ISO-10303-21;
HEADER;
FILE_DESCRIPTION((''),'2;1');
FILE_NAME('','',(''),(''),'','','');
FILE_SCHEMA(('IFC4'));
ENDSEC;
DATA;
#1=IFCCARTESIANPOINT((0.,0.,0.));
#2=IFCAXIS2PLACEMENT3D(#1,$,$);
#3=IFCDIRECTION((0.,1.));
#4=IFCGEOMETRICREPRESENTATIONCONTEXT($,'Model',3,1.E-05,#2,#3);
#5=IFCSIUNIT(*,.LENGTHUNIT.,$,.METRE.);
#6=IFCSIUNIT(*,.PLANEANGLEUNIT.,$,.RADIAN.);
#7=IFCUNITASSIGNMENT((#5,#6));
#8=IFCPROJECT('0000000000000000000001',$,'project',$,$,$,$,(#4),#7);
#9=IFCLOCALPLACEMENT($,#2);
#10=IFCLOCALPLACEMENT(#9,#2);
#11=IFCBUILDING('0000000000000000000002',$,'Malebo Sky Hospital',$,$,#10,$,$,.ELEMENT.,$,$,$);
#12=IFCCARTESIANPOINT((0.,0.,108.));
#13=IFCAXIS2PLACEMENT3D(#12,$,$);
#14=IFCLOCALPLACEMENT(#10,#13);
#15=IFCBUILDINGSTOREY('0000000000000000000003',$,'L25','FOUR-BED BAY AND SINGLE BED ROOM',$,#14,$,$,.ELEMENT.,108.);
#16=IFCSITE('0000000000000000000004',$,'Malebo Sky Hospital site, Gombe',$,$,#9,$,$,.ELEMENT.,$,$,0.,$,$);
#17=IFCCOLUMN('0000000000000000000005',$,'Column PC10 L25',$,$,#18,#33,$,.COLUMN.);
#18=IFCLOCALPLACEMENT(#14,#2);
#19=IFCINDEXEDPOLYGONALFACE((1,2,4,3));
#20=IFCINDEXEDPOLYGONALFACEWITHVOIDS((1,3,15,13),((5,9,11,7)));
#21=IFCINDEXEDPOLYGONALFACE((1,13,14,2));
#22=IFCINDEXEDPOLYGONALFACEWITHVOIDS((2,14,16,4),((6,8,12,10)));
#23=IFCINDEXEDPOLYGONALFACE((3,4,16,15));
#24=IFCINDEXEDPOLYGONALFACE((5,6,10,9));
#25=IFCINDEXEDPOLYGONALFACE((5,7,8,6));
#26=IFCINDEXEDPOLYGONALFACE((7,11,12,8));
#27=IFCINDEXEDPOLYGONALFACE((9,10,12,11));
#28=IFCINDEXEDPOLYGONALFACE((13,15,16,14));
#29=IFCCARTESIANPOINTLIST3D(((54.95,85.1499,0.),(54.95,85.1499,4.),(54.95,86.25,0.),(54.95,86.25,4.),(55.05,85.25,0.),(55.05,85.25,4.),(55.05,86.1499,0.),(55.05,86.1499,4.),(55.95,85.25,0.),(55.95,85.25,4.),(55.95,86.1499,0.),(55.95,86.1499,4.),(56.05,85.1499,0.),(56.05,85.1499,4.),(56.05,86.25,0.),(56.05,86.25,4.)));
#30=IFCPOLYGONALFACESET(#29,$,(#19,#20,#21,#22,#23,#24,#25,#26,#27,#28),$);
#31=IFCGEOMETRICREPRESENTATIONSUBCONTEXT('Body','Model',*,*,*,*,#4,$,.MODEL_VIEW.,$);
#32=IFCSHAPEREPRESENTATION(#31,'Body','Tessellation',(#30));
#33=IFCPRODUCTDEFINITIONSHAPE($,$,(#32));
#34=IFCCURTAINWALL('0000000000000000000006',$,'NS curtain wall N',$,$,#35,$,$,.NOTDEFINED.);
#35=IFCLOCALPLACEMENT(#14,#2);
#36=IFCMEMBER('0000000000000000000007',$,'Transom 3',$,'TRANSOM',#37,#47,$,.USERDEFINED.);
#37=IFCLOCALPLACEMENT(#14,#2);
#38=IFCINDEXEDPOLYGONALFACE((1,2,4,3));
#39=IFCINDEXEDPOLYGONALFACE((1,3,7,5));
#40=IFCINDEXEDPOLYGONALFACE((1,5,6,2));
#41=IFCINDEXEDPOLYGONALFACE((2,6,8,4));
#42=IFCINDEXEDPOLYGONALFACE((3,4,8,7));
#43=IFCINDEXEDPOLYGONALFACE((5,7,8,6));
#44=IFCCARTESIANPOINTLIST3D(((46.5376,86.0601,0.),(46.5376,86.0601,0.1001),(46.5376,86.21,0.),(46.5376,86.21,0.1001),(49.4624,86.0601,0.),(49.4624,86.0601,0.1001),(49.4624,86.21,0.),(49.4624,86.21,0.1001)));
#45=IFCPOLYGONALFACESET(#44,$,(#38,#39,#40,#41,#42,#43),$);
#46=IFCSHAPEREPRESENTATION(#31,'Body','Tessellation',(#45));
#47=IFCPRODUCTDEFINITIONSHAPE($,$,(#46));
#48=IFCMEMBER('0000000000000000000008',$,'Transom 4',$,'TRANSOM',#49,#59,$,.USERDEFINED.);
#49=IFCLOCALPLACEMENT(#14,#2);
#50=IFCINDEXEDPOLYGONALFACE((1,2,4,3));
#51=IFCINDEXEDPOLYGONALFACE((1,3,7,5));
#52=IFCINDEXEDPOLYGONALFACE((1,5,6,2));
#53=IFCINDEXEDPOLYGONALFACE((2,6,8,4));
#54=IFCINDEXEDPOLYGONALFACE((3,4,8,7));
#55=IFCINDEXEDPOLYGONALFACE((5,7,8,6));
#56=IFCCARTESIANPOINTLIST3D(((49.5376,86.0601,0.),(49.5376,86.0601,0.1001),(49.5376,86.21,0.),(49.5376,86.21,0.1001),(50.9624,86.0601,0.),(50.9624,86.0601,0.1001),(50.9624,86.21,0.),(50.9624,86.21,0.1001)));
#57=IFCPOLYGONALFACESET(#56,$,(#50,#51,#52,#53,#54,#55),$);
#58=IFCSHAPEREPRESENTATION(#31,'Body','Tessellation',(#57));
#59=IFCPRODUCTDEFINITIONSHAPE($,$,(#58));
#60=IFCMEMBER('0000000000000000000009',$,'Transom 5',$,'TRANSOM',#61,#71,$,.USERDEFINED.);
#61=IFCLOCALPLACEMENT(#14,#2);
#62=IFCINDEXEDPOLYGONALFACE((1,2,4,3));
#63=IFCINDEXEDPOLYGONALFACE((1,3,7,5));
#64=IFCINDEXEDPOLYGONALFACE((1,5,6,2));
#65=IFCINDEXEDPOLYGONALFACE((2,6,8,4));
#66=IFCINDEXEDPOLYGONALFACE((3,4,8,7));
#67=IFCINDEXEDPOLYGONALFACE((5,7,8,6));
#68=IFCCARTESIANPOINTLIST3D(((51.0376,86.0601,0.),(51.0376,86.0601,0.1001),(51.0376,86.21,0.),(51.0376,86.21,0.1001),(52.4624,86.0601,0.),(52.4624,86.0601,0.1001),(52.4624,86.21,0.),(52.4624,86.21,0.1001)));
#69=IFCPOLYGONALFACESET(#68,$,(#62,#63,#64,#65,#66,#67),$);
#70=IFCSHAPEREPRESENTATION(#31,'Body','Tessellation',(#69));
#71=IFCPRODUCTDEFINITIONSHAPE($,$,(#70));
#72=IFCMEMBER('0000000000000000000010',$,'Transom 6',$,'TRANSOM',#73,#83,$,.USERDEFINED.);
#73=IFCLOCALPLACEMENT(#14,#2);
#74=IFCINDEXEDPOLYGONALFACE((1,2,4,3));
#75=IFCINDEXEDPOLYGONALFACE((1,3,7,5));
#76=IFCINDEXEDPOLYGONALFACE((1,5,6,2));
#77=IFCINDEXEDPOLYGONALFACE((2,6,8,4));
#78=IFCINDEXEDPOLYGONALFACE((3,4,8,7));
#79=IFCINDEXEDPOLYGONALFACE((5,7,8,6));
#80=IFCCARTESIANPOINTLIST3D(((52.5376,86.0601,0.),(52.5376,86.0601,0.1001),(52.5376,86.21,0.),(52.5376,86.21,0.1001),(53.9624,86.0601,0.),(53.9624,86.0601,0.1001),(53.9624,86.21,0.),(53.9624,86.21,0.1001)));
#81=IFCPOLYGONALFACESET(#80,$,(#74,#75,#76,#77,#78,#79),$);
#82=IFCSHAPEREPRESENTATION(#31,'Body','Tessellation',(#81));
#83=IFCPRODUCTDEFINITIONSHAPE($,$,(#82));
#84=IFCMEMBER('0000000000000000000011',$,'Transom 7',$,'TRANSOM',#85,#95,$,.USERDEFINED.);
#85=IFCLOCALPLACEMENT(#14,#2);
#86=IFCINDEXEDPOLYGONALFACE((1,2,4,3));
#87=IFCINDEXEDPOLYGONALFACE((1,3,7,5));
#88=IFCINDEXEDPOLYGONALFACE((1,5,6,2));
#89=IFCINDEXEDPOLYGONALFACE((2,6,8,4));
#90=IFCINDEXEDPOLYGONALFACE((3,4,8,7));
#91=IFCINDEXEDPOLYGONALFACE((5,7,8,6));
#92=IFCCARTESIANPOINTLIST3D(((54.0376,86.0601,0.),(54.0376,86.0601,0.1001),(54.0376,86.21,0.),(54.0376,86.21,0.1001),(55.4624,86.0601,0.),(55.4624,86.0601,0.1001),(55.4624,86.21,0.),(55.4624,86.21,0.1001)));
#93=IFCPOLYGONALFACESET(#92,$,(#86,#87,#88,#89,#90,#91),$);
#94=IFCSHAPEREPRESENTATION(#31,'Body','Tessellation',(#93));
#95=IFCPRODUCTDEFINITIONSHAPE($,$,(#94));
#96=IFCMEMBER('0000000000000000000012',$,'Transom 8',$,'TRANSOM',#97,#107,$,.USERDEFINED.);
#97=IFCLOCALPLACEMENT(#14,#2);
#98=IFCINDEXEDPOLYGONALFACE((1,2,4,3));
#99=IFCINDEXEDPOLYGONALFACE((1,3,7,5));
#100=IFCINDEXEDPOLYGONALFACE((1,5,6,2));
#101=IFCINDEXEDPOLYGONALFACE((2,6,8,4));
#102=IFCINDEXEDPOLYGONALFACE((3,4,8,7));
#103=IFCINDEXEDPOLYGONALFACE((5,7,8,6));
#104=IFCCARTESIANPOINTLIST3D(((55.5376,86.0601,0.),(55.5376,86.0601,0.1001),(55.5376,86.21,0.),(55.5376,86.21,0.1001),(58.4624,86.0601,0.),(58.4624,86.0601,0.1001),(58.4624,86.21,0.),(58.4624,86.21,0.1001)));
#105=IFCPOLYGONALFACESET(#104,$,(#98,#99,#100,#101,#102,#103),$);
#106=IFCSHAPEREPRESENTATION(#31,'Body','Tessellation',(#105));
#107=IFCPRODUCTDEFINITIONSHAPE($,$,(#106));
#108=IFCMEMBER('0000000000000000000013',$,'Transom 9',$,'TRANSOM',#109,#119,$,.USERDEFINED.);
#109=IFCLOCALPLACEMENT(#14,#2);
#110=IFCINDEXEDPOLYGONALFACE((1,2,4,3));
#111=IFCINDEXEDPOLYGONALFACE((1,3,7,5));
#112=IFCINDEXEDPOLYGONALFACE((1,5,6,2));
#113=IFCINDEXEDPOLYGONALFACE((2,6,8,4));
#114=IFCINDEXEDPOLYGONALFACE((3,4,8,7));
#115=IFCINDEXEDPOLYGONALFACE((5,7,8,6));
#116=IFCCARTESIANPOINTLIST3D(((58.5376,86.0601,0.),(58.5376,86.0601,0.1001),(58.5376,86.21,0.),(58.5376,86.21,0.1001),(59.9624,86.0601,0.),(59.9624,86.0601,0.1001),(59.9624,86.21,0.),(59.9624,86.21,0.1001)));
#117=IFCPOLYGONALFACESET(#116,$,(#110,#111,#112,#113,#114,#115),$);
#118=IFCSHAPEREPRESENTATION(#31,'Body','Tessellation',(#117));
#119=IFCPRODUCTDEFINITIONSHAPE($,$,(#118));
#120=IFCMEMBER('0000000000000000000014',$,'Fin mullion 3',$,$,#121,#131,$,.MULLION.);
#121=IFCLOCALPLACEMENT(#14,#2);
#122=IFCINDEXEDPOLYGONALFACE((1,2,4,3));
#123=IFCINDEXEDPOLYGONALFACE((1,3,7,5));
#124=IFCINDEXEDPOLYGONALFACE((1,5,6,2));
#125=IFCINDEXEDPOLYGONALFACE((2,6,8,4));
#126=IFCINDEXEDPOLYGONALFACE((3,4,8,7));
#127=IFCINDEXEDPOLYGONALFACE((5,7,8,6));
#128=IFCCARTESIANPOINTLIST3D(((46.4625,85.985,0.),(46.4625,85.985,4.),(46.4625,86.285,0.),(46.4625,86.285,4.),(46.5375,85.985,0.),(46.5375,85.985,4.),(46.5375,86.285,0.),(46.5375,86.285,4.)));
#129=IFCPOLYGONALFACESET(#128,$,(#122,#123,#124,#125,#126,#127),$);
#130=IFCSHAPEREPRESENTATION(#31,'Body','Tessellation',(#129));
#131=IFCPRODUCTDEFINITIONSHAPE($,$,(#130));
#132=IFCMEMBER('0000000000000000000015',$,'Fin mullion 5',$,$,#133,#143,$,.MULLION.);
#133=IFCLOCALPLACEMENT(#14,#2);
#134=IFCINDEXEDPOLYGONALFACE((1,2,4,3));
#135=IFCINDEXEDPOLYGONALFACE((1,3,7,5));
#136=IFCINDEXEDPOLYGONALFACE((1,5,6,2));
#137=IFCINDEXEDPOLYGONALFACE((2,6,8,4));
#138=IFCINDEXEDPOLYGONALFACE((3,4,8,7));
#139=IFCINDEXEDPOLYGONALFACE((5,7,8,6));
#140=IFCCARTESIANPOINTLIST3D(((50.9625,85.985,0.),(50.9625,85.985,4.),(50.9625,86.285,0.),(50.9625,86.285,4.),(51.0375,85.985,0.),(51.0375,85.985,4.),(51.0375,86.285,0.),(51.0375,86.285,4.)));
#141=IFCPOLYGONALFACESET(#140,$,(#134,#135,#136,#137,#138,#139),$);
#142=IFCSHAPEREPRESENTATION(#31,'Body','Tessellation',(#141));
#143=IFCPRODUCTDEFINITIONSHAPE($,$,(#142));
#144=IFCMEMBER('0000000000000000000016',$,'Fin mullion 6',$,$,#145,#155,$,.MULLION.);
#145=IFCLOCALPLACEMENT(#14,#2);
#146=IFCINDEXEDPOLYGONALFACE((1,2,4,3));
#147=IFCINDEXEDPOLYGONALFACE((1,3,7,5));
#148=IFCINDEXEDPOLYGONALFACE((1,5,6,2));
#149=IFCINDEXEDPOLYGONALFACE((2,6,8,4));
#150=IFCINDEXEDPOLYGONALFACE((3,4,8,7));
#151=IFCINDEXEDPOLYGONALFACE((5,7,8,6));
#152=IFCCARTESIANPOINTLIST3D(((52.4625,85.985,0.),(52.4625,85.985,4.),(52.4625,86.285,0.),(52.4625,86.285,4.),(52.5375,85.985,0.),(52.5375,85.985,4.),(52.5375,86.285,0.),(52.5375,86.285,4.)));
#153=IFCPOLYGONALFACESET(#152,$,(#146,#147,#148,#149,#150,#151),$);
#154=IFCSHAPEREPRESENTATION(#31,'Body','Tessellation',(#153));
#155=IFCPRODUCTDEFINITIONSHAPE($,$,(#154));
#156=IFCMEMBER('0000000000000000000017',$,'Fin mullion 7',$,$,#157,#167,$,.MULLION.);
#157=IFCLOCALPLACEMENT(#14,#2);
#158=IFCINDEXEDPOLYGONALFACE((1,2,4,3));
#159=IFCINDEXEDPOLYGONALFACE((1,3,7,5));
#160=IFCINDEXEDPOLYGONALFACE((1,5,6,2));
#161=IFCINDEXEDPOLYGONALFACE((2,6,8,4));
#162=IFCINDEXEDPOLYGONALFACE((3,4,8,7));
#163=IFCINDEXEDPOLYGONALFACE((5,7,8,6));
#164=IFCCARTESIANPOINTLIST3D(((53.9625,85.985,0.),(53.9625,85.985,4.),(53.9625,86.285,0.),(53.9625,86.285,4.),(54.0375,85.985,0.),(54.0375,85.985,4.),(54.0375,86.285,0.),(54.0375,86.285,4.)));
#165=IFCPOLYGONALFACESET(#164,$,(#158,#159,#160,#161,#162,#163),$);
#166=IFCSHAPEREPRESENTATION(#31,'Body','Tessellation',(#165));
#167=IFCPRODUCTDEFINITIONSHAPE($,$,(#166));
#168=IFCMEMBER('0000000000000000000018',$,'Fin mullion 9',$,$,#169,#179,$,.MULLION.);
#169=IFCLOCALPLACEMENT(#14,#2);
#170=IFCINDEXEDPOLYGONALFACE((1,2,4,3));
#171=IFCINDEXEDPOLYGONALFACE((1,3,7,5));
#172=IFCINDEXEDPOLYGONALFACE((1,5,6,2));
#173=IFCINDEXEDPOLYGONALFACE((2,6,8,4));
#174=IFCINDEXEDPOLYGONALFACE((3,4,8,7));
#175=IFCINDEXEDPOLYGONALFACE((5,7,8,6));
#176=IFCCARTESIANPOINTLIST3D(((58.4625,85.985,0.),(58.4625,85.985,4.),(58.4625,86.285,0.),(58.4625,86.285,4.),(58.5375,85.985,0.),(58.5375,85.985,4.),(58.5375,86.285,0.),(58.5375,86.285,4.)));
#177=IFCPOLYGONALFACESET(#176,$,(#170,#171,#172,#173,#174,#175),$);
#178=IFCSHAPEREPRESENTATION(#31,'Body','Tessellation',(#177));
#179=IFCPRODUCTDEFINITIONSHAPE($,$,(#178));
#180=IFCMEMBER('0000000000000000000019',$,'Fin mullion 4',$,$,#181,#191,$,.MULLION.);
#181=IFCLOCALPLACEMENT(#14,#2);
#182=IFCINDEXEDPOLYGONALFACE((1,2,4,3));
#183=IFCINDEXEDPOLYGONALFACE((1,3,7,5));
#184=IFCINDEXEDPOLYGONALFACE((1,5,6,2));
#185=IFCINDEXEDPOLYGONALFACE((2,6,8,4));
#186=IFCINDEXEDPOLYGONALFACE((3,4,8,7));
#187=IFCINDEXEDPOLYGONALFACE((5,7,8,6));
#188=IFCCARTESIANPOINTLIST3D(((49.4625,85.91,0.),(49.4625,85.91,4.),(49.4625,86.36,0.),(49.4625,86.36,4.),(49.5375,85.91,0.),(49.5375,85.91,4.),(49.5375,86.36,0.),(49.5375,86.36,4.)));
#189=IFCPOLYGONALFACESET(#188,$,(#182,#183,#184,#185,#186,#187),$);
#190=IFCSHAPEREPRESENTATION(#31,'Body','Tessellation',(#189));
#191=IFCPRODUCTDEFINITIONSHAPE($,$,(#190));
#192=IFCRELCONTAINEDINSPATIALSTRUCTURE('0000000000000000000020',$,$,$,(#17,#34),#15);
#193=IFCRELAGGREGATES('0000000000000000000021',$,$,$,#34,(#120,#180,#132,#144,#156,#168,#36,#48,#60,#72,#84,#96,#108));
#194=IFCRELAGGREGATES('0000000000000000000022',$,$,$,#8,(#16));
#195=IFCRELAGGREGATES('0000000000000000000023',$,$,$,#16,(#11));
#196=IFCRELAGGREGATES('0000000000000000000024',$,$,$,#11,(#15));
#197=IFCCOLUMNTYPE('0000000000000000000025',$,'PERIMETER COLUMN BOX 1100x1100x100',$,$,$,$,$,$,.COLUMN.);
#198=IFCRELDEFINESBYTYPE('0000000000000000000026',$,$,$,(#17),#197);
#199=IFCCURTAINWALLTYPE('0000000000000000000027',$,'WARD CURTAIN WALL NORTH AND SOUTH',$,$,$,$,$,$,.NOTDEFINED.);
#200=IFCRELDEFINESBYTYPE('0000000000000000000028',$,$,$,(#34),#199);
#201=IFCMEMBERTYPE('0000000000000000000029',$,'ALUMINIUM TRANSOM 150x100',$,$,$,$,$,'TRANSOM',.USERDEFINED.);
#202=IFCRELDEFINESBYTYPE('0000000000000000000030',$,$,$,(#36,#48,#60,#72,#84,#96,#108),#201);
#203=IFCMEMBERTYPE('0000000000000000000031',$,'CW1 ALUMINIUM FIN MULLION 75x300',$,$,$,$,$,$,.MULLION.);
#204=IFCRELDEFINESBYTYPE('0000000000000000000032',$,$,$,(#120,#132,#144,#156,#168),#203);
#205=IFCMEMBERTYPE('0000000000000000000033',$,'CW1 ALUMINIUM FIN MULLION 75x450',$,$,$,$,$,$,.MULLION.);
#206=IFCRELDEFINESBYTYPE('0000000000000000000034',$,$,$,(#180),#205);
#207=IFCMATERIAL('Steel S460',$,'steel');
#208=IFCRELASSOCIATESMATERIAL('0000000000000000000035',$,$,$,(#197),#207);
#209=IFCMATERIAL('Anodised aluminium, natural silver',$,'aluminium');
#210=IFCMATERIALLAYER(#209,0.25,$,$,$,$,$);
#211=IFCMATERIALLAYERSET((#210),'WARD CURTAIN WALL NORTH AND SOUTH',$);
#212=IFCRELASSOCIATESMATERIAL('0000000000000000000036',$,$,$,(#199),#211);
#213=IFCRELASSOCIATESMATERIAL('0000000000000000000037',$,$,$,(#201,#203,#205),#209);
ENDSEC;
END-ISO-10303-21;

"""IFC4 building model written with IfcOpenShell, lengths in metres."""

from ifc_helpers import new_model, si_unit, direction, frame, origin, origin_2d, place, context, subcontext, project, spatial, rectangle, hollow_rectangle, extrude, material, layer, layer_set, material_profile, profile_set, type_object, element, aggregate, save


model = new_model("IFC4")

# Units and contexts
model_context = context("Model", 3, precision=1e-05, world=origin(), true_north=direction((0.0, 1.0)))
body_context = subcontext(model_context, "Body", "Model", "MODEL_VIEW")
ifc_project = project(units=[si_unit("LENGTHUNIT", "METRE"), si_unit("PLANEANGLEUNIT", "RADIAN")], contexts=[model_context])

# Site, building, storey
site_placement = place(None, origin())
site = spatial("IfcSite", under=ifc_project, at=site_placement, Name="Malebo Sky Hospital site, Gombe", CompositionType="ELEMENT", RefElevation=0.0)
building_placement = place(site_placement, origin())
building = spatial("IfcBuilding", under=site, at=building_placement, Name="Malebo Sky Hospital", CompositionType="ELEMENT")
storey_placement = place(building_placement, frame((0.0, 0.0, 108.0)))
storey = spatial("IfcBuildingStorey", under=building, at=storey_placement, Name="L25", Description="FOUR-BED BAY AND SINGLE BED ROOM", CompositionType="ELEMENT", Elevation=108.0)

# Column
ifc_material_1 = material(Name="Steel S460", Category="steel")
ifc_material_profile_1 = material_profile(ifc_material_1, hollow_rectangle(XDim=1.1001, YDim=1.1001, WallThickness=0.1001, at=origin_2d()), Name="BOX 1100x1100x100")
ifc_profile_set_1 = profile_set([ifc_material_profile_1], Name="Steel S460")
column_type = type_object("IfcColumnType", Name="PERIMETER COLUMN BOX 1100x1100x100", PredefinedType="COLUMN", material=ifc_profile_set_1)
column_placement = place(storey_placement, frame((55.5, 85.7, 0.0), z_axis=(0.0, 0.0, 1.0), x_axis=(1.0, 0.0, 0.0)))
element("IfcColumn", 1, at=column_placement, inside=storey, type_object=column_type, Name="Column PC10 L25", PredefinedType="COLUMN", context=body_context, shape_type="SweptSolid", body=[
    extrude(hollow_rectangle(XDim=1.1001, YDim=1.1001, WallThickness=0.1001, at=origin_2d()), origin(), (0.0, 0.0, 1.0), 4.0),
])

# Curtain wall, members
ifc_material_2 = material(Name="Anodised aluminium, natural silver", Category="aluminium")
ifc_layer_1 = layer(ifc_material_2, 0.25)
ifc_layer_set_1 = layer_set([ifc_layer_1], Name="WARD CURTAIN WALL NORTH AND SOUTH")
curtain_wall_type = type_object("IfcCurtainWallType", Name="WARD CURTAIN WALL NORTH AND SOUTH", PredefinedType="NOTDEFINED", material=ifc_layer_set_1)
curtain_wall_placement = place(storey_placement, origin())
curtain_wall = element("IfcCurtainWall", 2, at=curtain_wall_placement, inside=storey, type_object=curtain_wall_type, Name="NS curtain wall N", PredefinedType="NOTDEFINED")
ifc_material_profile_2 = material_profile(ifc_material_2, rectangle(XDim=0.1499, YDim=0.1001, at=origin_2d()), Name="ALUMINIUM TRANSOM 150x100")
ifc_profile_set_2 = profile_set([ifc_material_profile_2], Name="Anodised aluminium, natural silver")
member_type_1 = type_object("IfcMemberType", Name="ALUMINIUM TRANSOM 150x100", ElementType="TRANSOM", PredefinedType="USERDEFINED", material=ifc_profile_set_2)
member_1_placement = place(storey_placement, frame((46.5376, 86.135, 0.05), z_axis=(1.0, 0.0, 0.0), x_axis=(0.0, 1.0, 0.0)))
member_1 = element("IfcMember", 3, at=member_1_placement, type_object=member_type_1, Name="Transom 3", ObjectType="TRANSOM", PredefinedType="USERDEFINED", context=body_context, shape_type="SweptSolid", body=[
    extrude(rectangle(XDim=0.1499, YDim=0.1001, at=origin_2d()), origin(), (0.0, 0.0, 1.0), 2.9248),
])
member_2_placement = place(storey_placement, frame((49.5376, 86.135, 0.05), z_axis=(1.0, 0.0, 0.0), x_axis=(0.0, 1.0, 0.0)))
member_2 = element("IfcMember", 4, at=member_2_placement, type_object=member_type_1, Name="Transom 4", ObjectType="TRANSOM", PredefinedType="USERDEFINED", context=body_context, shape_type="SweptSolid", body=[
    extrude(rectangle(XDim=0.1499, YDim=0.1001, at=origin_2d()), origin(), (0.0, 0.0, 1.0), 1.4248),
])
member_3_placement = place(storey_placement, frame((51.0376, 86.135, 0.05), z_axis=(1.0, 0.0, 0.0), x_axis=(0.0, 1.0, 0.0)))
member_3 = element("IfcMember", 5, at=member_3_placement, type_object=member_type_1, Name="Transom 5", ObjectType="TRANSOM", PredefinedType="USERDEFINED", context=body_context, shape_type="SweptSolid", body=[
    extrude(rectangle(XDim=0.1499, YDim=0.1001, at=origin_2d()), origin(), (0.0, 0.0, 1.0), 1.4248),
])
member_4_placement = place(storey_placement, frame((52.5376, 86.135, 0.05), z_axis=(1.0, 0.0, 0.0), x_axis=(0.0, 1.0, 0.0)))
member_4 = element("IfcMember", 6, at=member_4_placement, type_object=member_type_1, Name="Transom 6", ObjectType="TRANSOM", PredefinedType="USERDEFINED", context=body_context, shape_type="SweptSolid", body=[
    extrude(rectangle(XDim=0.1499, YDim=0.1001, at=origin_2d()), origin(), (0.0, 0.0, 1.0), 1.4248),
])
member_5_placement = place(storey_placement, frame((54.0376, 86.135, 0.05), z_axis=(1.0, 0.0, 0.0), x_axis=(0.0, 1.0, 0.0)))
member_5 = element("IfcMember", 7, at=member_5_placement, type_object=member_type_1, Name="Transom 7", ObjectType="TRANSOM", PredefinedType="USERDEFINED", context=body_context, shape_type="SweptSolid", body=[
    extrude(rectangle(XDim=0.1499, YDim=0.1001, at=origin_2d()), origin(), (0.0, 0.0, 1.0), 1.4248),
])
member_6_placement = place(storey_placement, frame((55.5376, 86.135, 0.05), z_axis=(1.0, 0.0, 0.0), x_axis=(0.0, 1.0, 0.0)))
member_6 = element("IfcMember", 8, at=member_6_placement, type_object=member_type_1, Name="Transom 8", ObjectType="TRANSOM", PredefinedType="USERDEFINED", context=body_context, shape_type="SweptSolid", body=[
    extrude(rectangle(XDim=0.1499, YDim=0.1001, at=origin_2d()), origin(), (0.0, 0.0, 1.0), 2.9248),
])
member_7_placement = place(storey_placement, frame((58.5376, 86.135, 0.05), z_axis=(1.0, 0.0, 0.0), x_axis=(0.0, 1.0, 0.0)))
member_7 = element("IfcMember", 9, at=member_7_placement, type_object=member_type_1, Name="Transom 9", ObjectType="TRANSOM", PredefinedType="USERDEFINED", context=body_context, shape_type="SweptSolid", body=[
    extrude(rectangle(XDim=0.1499, YDim=0.1001, at=origin_2d()), origin(), (0.0, 0.0, 1.0), 1.4248),
])
ifc_material_profile_3 = material_profile(ifc_material_2, rectangle(XDim=0.075, YDim=0.3, at=origin_2d()), Name="CW1 ALUMINIUM FIN MULLION 75x300")
ifc_profile_set_3 = profile_set([ifc_material_profile_3], Name="Anodised aluminium, natural silver")
member_type_2 = type_object("IfcMemberType", Name="CW1 ALUMINIUM FIN MULLION 75x300", PredefinedType="MULLION", material=ifc_profile_set_3)
member_8_placement = place(storey_placement, frame((46.5, 86.135, 0.0), z_axis=(0.0, 0.0, 1.0), x_axis=(1.0, 0.0, 0.0)))
member_8 = element("IfcMember", 10, at=member_8_placement, type_object=member_type_2, Name="Fin mullion 3", PredefinedType="MULLION", context=body_context, shape_type="SweptSolid", body=[
    extrude(rectangle(XDim=0.075, YDim=0.3, at=origin_2d()), origin(), (0.0, 0.0, 1.0), 4.0),
])
member_9_placement = place(storey_placement, frame((51.0, 86.135, 0.0), z_axis=(0.0, 0.0, 1.0), x_axis=(1.0, 0.0, 0.0)))
member_9 = element("IfcMember", 11, at=member_9_placement, type_object=member_type_2, Name="Fin mullion 5", PredefinedType="MULLION", context=body_context, shape_type="SweptSolid", body=[
    extrude(rectangle(XDim=0.075, YDim=0.3, at=origin_2d()), origin(), (0.0, 0.0, 1.0), 4.0),
])
member_10_placement = place(storey_placement, frame((52.5, 86.135, 0.0), z_axis=(0.0, 0.0, 1.0), x_axis=(1.0, 0.0, 0.0)))
member_10 = element("IfcMember", 12, at=member_10_placement, type_object=member_type_2, Name="Fin mullion 6", PredefinedType="MULLION", context=body_context, shape_type="SweptSolid", body=[
    extrude(rectangle(XDim=0.075, YDim=0.3, at=origin_2d()), origin(), (0.0, 0.0, 1.0), 4.0),
])
member_11_placement = place(storey_placement, frame((54.0, 86.135, 0.0), z_axis=(0.0, 0.0, 1.0), x_axis=(1.0, 0.0, 0.0)))
member_11 = element("IfcMember", 13, at=member_11_placement, type_object=member_type_2, Name="Fin mullion 7", PredefinedType="MULLION", context=body_context, shape_type="SweptSolid", body=[
    extrude(rectangle(XDim=0.075, YDim=0.3, at=origin_2d()), origin(), (0.0, 0.0, 1.0), 4.0),
])
member_12_placement = place(storey_placement, frame((58.5, 86.135, 0.0), z_axis=(0.0, 0.0, 1.0), x_axis=(1.0, 0.0, 0.0)))
member_12 = element("IfcMember", 14, at=member_12_placement, type_object=member_type_2, Name="Fin mullion 9", PredefinedType="MULLION", context=body_context, shape_type="SweptSolid", body=[
    extrude(rectangle(XDim=0.075, YDim=0.3, at=origin_2d()), origin(), (0.0, 0.0, 1.0), 4.0),
])
ifc_material_profile_4 = material_profile(ifc_material_2, rectangle(XDim=0.075, YDim=0.45, at=origin_2d()), Name="CW1 ALUMINIUM FIN MULLION 75x450")
ifc_profile_set_4 = profile_set([ifc_material_profile_4], Name="Anodised aluminium, natural silver")
member_type_3 = type_object("IfcMemberType", Name="CW1 ALUMINIUM FIN MULLION 75x450", PredefinedType="MULLION", material=ifc_profile_set_4)
member_13_placement = place(storey_placement, frame((49.5, 86.135, 0.0), z_axis=(0.0, 0.0, 1.0), x_axis=(1.0, 0.0, 0.0)))
member_13 = element("IfcMember", 15, at=member_13_placement, type_object=member_type_3, Name="Fin mullion 4", PredefinedType="MULLION", context=body_context, shape_type="SweptSolid", body=[
    extrude(rectangle(XDim=0.075, YDim=0.45, at=origin_2d()), origin(), (0.0, 0.0, 1.0), 4.0),
])

aggregate(curtain_wall, [member_8, member_13, member_9, member_10, member_11, member_12, member_1, member_2, member_3, member_4, member_5, member_6, member_7])

save(model, "model.ifc")
